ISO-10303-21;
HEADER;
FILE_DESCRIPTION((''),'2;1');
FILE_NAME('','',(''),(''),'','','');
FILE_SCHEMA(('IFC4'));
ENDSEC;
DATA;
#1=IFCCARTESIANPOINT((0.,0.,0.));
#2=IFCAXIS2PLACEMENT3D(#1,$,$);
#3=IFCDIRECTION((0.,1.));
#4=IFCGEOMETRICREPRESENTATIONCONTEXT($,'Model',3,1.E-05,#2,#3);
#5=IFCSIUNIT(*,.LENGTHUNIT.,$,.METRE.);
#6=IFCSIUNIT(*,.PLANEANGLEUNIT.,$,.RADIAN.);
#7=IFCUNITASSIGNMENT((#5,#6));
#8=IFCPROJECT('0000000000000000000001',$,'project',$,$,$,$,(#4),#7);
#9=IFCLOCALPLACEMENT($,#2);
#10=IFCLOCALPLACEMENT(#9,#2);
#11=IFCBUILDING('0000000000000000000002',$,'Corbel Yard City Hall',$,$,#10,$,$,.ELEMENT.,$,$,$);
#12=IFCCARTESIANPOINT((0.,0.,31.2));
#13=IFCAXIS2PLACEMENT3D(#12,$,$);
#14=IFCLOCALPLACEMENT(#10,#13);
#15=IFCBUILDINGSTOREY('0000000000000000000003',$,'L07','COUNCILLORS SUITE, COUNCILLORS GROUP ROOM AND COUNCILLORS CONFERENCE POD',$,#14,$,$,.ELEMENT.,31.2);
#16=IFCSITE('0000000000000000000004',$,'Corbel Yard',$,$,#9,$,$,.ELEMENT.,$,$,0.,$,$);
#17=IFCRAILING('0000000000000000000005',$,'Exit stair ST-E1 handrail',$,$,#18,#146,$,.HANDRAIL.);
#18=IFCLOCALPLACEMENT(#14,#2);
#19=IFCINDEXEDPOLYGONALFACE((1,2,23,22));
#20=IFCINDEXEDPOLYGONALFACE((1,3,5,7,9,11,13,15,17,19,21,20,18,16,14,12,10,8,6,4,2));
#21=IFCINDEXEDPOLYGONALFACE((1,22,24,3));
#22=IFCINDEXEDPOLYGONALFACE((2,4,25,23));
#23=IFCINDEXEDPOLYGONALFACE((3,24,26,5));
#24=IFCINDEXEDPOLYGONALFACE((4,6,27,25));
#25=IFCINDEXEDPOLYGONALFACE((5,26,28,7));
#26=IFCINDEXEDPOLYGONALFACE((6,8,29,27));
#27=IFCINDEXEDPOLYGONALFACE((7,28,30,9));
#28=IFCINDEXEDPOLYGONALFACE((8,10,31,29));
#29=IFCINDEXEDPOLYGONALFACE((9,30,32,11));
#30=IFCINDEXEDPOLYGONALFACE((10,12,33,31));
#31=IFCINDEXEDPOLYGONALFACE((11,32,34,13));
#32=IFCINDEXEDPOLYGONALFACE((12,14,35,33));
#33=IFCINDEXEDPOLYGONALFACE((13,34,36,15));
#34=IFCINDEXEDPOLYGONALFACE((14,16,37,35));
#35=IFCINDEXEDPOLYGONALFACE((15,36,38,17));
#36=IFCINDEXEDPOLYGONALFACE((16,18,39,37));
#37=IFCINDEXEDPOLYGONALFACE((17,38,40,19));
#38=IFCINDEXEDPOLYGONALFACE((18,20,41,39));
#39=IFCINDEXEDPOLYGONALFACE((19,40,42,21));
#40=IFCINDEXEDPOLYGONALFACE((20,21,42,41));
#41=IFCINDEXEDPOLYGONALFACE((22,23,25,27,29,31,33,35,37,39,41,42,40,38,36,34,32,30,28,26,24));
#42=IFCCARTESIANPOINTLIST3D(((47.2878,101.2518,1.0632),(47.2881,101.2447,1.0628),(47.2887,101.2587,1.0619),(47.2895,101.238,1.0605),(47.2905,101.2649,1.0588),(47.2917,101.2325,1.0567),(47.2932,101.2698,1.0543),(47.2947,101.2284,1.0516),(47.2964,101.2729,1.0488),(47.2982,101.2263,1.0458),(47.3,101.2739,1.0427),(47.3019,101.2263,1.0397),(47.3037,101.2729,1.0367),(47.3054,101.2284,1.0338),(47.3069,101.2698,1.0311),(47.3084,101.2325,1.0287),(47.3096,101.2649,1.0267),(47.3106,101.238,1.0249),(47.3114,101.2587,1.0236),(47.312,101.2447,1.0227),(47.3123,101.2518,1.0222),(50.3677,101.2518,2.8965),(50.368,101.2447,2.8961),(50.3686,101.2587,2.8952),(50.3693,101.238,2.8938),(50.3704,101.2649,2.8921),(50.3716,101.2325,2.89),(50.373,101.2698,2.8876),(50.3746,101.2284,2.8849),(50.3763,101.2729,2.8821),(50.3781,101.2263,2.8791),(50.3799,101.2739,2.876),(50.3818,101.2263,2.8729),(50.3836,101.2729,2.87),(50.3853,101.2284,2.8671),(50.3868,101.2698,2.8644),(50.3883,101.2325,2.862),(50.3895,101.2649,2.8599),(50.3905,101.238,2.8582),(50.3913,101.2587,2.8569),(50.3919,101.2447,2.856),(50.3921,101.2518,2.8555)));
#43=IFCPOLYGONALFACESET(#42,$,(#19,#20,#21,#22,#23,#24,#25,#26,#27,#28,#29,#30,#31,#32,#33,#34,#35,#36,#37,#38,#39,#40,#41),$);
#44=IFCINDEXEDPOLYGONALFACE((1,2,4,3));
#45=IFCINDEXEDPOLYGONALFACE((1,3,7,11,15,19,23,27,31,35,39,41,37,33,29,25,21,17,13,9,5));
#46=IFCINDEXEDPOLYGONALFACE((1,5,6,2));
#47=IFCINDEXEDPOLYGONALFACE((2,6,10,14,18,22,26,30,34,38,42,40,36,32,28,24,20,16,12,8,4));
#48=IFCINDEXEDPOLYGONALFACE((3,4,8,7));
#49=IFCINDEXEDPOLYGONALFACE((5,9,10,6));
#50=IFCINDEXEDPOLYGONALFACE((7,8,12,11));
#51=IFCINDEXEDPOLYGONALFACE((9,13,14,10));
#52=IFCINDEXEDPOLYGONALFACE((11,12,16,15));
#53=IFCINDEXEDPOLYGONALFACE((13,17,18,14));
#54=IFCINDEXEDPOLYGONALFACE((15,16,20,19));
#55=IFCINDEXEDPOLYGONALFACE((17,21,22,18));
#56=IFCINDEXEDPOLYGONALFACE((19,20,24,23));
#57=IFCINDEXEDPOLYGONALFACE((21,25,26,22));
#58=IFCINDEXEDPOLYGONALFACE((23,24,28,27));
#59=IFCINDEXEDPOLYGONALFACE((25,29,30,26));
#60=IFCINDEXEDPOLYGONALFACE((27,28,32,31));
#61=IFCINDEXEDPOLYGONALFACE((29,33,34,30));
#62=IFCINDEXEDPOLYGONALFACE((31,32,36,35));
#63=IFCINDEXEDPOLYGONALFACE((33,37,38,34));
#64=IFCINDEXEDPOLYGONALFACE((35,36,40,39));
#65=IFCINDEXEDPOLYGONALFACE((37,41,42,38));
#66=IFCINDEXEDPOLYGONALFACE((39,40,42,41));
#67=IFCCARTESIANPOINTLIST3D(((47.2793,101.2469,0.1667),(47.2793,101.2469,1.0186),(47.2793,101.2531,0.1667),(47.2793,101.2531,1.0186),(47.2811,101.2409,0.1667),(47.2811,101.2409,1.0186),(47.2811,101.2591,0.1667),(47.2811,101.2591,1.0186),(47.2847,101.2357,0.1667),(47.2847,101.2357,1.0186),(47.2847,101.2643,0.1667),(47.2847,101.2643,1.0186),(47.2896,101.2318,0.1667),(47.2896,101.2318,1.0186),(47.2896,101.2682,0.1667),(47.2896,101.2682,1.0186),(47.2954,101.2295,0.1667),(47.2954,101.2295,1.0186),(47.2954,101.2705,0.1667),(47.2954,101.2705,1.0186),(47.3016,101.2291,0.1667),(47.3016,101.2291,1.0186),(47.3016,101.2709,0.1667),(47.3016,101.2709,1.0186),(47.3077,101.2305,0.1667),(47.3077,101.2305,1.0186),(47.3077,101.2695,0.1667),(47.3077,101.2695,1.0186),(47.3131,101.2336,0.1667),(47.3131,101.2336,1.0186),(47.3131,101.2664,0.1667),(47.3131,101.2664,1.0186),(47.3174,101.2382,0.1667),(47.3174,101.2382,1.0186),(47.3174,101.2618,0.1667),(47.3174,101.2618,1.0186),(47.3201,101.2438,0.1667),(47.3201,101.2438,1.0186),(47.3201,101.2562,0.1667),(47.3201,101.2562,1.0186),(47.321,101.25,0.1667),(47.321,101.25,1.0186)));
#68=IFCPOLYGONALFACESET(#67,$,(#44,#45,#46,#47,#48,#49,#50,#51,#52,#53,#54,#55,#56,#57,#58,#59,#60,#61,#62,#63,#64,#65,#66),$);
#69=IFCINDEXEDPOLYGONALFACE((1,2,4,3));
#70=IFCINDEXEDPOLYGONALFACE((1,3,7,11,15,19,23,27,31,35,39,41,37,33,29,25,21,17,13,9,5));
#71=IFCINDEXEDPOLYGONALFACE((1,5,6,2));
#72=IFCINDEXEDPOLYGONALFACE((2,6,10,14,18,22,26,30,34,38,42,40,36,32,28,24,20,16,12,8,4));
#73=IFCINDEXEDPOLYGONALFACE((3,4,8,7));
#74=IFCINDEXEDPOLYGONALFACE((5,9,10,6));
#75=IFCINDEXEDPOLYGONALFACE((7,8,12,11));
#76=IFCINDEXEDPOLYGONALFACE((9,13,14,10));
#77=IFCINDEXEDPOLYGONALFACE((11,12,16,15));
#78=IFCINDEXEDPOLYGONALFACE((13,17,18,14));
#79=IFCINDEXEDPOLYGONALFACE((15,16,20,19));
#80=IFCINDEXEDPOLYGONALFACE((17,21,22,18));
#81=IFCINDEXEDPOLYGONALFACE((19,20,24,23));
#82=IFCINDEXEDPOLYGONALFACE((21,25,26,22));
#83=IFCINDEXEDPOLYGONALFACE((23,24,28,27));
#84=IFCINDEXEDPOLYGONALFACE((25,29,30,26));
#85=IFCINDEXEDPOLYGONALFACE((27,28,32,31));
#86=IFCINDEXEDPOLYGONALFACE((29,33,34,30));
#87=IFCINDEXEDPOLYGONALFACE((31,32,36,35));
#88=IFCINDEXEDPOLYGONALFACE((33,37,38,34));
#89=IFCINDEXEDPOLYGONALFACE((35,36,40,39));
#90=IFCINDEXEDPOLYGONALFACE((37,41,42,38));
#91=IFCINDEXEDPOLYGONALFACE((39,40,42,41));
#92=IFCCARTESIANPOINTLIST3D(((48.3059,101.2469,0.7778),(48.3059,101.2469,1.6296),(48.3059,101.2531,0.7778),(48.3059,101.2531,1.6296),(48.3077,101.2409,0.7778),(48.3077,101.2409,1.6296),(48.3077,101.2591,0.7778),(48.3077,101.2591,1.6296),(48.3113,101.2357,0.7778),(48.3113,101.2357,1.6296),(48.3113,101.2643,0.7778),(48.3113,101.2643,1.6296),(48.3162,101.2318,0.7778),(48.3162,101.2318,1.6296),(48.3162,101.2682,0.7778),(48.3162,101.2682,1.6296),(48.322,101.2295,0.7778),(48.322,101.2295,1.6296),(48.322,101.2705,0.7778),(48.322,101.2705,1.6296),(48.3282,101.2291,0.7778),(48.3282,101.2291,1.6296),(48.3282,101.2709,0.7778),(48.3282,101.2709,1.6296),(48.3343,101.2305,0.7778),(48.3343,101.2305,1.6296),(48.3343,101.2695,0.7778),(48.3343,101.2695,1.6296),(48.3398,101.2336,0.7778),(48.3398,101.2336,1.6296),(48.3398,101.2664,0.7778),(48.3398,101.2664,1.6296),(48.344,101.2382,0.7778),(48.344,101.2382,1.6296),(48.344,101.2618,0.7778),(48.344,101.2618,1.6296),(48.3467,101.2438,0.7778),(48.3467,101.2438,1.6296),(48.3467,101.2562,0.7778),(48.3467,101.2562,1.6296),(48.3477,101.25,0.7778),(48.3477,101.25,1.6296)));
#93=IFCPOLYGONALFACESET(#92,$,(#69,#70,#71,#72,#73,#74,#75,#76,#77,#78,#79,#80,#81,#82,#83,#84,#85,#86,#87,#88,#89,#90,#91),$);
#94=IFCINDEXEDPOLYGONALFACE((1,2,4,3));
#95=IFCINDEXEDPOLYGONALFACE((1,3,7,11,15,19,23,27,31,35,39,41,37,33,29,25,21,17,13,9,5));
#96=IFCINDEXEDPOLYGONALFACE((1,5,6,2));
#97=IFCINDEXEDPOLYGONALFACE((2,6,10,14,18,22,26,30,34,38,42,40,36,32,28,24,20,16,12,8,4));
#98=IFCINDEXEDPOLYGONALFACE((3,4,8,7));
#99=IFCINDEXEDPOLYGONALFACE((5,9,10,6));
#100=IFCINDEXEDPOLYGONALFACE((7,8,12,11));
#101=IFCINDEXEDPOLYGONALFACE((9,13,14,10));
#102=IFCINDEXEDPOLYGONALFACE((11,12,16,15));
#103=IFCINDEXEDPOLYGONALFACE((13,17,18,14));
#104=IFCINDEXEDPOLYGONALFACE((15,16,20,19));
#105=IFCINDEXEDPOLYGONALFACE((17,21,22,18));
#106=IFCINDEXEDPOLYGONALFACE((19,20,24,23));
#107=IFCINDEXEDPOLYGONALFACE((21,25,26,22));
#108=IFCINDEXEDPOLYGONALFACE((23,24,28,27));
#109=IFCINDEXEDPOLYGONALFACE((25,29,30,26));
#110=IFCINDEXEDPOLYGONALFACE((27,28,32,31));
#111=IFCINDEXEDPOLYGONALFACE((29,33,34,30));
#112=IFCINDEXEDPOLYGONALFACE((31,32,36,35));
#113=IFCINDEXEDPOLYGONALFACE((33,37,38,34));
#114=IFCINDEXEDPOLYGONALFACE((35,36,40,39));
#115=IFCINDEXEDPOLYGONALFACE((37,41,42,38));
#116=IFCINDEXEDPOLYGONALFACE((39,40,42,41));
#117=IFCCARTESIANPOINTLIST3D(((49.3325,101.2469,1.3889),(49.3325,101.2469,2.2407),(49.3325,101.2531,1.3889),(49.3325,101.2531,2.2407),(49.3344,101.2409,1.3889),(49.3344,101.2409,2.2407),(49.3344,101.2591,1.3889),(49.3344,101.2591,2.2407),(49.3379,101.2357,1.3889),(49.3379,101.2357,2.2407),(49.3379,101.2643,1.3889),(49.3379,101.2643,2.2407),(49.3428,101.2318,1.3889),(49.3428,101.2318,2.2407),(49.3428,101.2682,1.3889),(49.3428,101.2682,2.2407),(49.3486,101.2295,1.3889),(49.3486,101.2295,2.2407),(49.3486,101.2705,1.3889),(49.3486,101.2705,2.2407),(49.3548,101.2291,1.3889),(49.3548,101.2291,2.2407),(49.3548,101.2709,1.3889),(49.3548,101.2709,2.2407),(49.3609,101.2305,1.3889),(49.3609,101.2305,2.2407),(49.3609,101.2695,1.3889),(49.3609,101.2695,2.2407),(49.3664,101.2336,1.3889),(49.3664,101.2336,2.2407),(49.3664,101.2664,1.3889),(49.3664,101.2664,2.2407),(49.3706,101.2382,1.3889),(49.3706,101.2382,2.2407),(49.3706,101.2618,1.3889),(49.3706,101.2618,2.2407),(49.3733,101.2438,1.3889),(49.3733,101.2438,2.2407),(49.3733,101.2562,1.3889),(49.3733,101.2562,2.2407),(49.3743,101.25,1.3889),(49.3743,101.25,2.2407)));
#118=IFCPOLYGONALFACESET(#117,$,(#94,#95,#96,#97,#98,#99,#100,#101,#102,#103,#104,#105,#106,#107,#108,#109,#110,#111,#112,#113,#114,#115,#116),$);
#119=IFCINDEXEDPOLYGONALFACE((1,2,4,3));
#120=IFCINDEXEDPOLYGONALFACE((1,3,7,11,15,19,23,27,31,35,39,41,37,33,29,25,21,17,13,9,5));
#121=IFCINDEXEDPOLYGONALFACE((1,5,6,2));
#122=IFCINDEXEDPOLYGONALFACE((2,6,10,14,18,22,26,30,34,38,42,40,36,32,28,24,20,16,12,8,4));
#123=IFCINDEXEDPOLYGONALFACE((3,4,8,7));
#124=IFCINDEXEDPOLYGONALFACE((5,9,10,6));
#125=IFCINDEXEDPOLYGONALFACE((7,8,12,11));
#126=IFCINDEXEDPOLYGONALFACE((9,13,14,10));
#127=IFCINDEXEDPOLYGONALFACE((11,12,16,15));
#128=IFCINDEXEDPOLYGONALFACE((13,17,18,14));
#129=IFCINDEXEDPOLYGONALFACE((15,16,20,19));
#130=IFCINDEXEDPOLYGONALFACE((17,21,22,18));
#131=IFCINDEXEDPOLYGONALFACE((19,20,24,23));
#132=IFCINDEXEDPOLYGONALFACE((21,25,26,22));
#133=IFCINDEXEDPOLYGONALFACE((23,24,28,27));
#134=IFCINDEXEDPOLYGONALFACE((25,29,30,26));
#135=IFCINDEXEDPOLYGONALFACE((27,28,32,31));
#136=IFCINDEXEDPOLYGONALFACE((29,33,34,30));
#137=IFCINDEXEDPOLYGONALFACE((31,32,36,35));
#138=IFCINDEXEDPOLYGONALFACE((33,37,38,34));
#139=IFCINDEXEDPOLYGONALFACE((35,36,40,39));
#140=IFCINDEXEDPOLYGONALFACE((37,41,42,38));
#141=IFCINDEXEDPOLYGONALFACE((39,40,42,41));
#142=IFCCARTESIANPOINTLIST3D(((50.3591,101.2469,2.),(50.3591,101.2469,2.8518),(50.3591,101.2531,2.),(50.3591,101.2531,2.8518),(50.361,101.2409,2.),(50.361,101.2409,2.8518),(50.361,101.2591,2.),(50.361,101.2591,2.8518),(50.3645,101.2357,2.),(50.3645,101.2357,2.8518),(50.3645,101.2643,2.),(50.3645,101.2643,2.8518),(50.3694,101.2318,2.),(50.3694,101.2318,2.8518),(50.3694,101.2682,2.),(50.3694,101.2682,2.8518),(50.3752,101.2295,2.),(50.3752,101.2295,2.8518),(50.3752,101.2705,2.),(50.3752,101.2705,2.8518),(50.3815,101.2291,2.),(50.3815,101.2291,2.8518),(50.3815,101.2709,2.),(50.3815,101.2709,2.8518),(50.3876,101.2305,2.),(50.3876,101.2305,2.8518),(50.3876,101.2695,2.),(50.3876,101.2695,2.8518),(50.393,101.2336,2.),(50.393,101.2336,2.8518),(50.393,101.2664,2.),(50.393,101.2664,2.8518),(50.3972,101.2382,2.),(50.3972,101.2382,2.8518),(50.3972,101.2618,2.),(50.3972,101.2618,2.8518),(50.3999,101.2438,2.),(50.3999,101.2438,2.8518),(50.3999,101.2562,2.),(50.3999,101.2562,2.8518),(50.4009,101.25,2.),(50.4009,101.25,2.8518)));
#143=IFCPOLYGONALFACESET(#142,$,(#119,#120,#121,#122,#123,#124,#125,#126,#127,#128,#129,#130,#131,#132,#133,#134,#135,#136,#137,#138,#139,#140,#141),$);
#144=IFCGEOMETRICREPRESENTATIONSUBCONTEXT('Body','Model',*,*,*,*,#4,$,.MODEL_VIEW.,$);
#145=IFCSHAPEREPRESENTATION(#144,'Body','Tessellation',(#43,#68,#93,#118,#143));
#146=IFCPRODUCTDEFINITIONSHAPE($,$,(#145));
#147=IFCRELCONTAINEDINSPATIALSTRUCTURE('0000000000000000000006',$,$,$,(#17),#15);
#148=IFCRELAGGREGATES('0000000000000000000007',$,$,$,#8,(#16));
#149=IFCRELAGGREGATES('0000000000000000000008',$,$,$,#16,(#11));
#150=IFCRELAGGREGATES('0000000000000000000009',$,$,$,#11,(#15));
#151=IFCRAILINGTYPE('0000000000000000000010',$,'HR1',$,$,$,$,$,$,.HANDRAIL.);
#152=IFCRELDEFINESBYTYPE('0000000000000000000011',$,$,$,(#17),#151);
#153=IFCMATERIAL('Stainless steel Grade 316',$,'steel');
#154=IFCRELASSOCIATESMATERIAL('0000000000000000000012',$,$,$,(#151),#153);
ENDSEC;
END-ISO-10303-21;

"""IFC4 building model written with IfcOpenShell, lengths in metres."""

from ifc_helpers import new_model, si_unit, direction, frame, origin, origin_2d, place, context, subcontext, project, spatial, circle, extrude, material, type_object, element, save


model = new_model("IFC4")

# Units and contexts
model_context = context("Model", 3, precision=1e-05, world=origin(), true_north=direction((0.0, 1.0)))
body_context = subcontext(model_context, "Body", "Model", "MODEL_VIEW")
ifc_project = project(units=[si_unit("LENGTHUNIT", "METRE"), si_unit("PLANEANGLEUNIT", "RADIAN")], contexts=[model_context])

# Site, building, storey
site_placement = place(None, origin())
site = spatial("IfcSite", under=ifc_project, at=site_placement, Name="Corbel Yard", CompositionType="ELEMENT", RefElevation=0.0)
building_placement = place(site_placement, origin())
building = spatial("IfcBuilding", under=site, at=building_placement, Name="Corbel Yard City Hall", CompositionType="ELEMENT")
storey_placement = place(building_placement, frame((0.0, 0.0, 31.2)))
storey = spatial("IfcBuildingStorey", under=building, at=storey_placement, Name="L07", Description="COUNCILLORS SUITE, COUNCILLORS GROUP ROOM AND COUNCILLORS CONFERENCE POD", CompositionType="ELEMENT", Elevation=31.2)

# Shared definitions
ifc_material_1 = material(Name="Stainless steel Grade 316", Category="steel")

# Railing
railing_type = type_object("IfcRailingType", Name="HR1", PredefinedType="HANDRAIL", material=ifc_material_1)
for number, where, name in (
    (1, (47.3, 101.25, 0.1667), "Exit stair ST-E1 handrail"),
):
    element("IfcRailing", number, at=place(storey_placement, frame(where)), inside=storey, type_object=railing_type, Name=name, PredefinedType="HANDRAIL", context=body_context, shape_type="SweptSolid", body=[
        extrude(circle(Radius=0.0239, at=origin_2d()), frame((0.0, 0.0, 0.876), z_axis=(0.859291, 0.0, 0.511487), x_axis=(0.0, 1.0, 0.0)), (0.0, 0.0, 1.0), 3.5842),
        extrude(circle(Radius=0.021, at=origin_2d()), origin(), (0.0, 0.0, 1.0), 0.8518),
        extrude(circle(Radius=0.021, at=origin_2d()), frame((1.0266, 0.0, 0.6111)), (0.0, 0.0, 1.0), 0.8518),
        extrude(circle(Radius=0.021, at=origin_2d()), frame((2.0532, 0.0, 1.2222)), (0.0, 0.0, 1.0), 0.8518),
        extrude(circle(Radius=0.021, at=origin_2d()), frame((3.0798, 0.0, 1.8333)), (0.0, 0.0, 1.0), 0.8518),
    ])

save(model, "model.ifc")
